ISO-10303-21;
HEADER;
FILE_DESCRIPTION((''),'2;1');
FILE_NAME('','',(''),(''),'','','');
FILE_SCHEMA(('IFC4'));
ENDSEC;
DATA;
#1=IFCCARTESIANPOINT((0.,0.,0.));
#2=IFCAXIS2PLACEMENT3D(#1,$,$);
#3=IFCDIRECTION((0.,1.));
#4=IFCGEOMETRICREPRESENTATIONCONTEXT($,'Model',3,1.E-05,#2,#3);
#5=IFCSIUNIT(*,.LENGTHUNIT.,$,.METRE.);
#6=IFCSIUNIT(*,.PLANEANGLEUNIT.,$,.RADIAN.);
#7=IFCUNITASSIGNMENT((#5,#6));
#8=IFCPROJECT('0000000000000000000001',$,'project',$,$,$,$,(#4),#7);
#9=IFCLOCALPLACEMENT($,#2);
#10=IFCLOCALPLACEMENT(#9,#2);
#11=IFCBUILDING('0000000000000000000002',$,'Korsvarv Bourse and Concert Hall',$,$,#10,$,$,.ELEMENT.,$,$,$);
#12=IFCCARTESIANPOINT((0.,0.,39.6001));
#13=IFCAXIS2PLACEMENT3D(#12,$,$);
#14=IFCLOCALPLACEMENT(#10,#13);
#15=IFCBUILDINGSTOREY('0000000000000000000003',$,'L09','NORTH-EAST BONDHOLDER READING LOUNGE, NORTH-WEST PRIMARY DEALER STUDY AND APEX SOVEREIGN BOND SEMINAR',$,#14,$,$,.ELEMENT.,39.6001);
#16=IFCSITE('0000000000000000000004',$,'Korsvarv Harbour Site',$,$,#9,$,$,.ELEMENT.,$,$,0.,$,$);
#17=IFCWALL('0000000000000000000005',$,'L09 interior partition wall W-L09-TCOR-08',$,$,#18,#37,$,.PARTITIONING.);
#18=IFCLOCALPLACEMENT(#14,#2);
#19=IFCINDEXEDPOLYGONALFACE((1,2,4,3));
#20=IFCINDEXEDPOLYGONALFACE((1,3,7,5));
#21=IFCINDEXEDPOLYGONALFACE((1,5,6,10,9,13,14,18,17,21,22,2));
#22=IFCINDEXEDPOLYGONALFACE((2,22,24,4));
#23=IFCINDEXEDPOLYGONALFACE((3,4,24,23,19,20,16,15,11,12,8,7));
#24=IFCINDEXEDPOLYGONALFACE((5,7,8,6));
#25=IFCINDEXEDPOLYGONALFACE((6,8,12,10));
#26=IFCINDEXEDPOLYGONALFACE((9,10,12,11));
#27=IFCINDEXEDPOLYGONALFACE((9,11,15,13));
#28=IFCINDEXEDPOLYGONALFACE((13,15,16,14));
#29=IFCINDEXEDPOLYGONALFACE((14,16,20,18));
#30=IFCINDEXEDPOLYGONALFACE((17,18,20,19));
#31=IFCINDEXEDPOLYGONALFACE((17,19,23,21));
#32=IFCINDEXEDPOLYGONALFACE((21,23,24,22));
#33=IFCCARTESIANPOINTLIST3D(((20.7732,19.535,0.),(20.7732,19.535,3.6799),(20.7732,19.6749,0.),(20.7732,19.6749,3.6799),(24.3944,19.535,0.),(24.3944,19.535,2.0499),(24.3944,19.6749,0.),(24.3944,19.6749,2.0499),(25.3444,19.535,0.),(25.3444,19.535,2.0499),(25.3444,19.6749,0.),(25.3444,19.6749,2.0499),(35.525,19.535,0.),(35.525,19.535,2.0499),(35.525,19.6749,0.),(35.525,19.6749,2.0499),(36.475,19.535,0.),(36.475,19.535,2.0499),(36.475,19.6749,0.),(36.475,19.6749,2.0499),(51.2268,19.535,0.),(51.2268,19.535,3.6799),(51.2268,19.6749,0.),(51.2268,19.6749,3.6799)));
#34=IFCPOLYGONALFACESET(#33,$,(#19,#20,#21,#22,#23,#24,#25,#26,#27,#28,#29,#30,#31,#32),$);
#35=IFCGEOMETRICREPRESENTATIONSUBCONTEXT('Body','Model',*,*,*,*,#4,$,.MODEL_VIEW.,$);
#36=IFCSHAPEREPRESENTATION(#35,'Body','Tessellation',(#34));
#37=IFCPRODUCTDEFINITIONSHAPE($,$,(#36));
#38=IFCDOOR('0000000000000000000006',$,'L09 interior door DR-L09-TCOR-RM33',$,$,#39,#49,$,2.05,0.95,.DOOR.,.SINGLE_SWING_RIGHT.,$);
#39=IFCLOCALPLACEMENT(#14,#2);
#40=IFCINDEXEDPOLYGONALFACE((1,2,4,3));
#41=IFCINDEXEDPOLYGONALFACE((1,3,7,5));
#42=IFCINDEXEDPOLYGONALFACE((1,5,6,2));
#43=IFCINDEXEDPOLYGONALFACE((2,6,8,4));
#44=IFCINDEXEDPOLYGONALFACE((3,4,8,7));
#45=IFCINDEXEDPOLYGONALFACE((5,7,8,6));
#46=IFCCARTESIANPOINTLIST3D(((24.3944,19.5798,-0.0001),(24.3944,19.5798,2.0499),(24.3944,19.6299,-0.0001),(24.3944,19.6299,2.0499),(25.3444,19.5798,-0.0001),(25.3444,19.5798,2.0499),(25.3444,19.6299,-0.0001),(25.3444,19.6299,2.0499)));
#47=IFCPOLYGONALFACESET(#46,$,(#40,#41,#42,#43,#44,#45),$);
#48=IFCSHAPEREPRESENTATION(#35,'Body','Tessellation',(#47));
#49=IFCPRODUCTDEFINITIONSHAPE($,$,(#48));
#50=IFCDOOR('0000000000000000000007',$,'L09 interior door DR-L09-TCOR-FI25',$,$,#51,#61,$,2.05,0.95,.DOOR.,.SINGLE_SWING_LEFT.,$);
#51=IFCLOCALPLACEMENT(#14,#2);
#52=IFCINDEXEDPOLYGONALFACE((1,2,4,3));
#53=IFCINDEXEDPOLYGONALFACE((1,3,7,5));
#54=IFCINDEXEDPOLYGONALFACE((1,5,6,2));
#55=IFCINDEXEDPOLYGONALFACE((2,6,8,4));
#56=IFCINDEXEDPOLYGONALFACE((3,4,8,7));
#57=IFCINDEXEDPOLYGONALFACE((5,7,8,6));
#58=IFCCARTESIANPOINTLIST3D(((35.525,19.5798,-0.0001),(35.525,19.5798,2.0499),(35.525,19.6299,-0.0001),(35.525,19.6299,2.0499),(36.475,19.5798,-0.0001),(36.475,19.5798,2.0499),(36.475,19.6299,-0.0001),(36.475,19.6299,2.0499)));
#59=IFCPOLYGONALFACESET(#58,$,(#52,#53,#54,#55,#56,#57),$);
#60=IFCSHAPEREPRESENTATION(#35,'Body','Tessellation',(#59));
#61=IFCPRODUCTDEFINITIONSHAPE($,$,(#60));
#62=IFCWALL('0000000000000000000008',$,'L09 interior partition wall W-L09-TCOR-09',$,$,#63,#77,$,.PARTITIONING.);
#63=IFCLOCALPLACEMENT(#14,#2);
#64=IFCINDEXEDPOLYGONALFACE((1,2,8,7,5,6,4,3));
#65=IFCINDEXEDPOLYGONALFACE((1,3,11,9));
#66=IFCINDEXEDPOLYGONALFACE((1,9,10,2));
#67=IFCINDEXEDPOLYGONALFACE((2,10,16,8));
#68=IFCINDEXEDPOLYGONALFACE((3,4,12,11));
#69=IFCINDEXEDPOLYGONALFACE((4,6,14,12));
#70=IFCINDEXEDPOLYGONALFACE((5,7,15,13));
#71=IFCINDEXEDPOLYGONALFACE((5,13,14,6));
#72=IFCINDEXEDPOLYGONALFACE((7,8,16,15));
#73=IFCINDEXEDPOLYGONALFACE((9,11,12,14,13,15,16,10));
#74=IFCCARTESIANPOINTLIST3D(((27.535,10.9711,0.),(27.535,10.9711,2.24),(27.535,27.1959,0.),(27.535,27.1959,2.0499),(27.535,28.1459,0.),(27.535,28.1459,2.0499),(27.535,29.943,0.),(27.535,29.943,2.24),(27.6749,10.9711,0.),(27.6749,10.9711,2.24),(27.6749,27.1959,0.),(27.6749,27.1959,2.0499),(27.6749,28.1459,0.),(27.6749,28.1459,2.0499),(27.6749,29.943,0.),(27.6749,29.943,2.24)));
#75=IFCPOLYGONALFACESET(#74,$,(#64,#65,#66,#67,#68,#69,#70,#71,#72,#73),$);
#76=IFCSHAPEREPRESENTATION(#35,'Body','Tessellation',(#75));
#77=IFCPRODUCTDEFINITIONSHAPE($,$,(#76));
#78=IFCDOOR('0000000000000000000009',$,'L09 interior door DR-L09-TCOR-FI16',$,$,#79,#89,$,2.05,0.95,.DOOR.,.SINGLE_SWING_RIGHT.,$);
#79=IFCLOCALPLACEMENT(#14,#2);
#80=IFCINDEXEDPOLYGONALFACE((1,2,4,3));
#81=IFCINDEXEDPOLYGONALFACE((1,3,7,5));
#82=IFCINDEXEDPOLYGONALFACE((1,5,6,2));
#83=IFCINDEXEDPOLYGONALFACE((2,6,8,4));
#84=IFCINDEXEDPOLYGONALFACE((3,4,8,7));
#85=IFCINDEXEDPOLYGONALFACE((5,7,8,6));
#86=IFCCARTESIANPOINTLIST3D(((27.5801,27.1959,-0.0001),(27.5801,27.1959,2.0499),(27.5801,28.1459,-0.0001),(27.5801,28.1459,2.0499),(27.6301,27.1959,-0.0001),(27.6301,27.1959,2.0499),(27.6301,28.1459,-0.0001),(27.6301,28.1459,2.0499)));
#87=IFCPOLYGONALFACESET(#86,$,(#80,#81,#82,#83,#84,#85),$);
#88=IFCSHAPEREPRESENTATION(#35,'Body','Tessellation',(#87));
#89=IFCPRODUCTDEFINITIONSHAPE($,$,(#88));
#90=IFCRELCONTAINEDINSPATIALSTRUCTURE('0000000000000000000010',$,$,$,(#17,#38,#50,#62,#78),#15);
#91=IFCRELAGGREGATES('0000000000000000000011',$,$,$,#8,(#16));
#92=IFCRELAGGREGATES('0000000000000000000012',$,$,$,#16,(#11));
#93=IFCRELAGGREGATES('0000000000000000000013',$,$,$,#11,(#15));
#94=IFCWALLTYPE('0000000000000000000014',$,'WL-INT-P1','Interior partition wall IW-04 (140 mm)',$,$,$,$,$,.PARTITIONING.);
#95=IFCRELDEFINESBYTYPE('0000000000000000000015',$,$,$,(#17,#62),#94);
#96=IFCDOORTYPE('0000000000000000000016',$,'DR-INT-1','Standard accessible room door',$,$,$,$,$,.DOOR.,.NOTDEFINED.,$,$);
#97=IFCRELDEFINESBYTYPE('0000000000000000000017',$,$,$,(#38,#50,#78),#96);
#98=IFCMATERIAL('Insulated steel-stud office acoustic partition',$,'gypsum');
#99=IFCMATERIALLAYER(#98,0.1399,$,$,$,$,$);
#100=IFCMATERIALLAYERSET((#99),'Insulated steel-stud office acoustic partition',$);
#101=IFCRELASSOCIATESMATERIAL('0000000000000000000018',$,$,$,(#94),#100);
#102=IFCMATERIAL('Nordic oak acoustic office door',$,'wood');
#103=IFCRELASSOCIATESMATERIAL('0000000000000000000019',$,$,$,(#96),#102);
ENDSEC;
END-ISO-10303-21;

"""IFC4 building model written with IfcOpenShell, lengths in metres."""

from ifc_helpers import new_model, si_unit, direction, frame, frame_2d, origin, place, context, subcontext, project, spatial, rectangle, extrude, material, layer, layer_set, type_object, element, fill, save


model = new_model("IFC4")

# Units and contexts
model_context = context("Model", 3, precision=1e-05, world=origin(), true_north=direction((0.0, 1.0)))
body_context = subcontext(model_context, "Body", "Model", "MODEL_VIEW")
ifc_project = project(units=[si_unit("LENGTHUNIT", "METRE"), si_unit("PLANEANGLEUNIT", "RADIAN")], contexts=[model_context])

# Site, building, storey
site_placement = place(None, origin())
site = spatial("IfcSite", under=ifc_project, at=site_placement, Name="Korsvarv Harbour Site", CompositionType="ELEMENT", RefElevation=0.0)
building_placement = place(site_placement, origin())
building = spatial("IfcBuilding", under=site, at=building_placement, Name="Korsvarv Bourse and Concert Hall", CompositionType="ELEMENT")
storey_placement = place(building_placement, frame((0.0, 0.0, 39.6001)))
storey = spatial("IfcBuildingStorey", under=building, at=storey_placement, Name="L09", Description="NORTH-EAST BONDHOLDER READING LOUNGE, NORTH-WEST PRIMARY DEALER STUDY AND APEX SOVEREIGN BOND SEMINAR", CompositionType="ELEMENT", Elevation=39.6001)

# Wall, openings, doors
ifc_material_1 = material(Name="Insulated steel-stud office acoustic partition", Category="gypsum")
ifc_layer_1 = layer(ifc_material_1, 0.1399)
ifc_layer_set_1 = layer_set([ifc_layer_1], Name="Insulated steel-stud office acoustic partition")
wall_type_1 = type_object("IfcWallType", Name="WL-INT-P1", Description="Interior partition wall IW-04 (140 mm)", PredefinedType="PARTITIONING", material=ifc_layer_set_1)
wall_1_placement = place(storey_placement, frame((20.7732, 19.605, 0.0), z_axis=(0.0, 0.0, 1.0), x_axis=(1.0, 0.0, 0.0)))
wall_1 = element("IfcWall", 1, at=wall_1_placement, inside=storey, type_object=wall_type_1, Name="L09 interior partition wall W-L09-TCOR-08", PredefinedType="PARTITIONING", context=body_context, shape_type="SweptSolid", body=[
    extrude(rectangle(XDim=30.4536, YDim=0.1399, at=frame_2d((15.2268, 0.0))), origin(), (0.0, 0.0, 1.0), 3.6799),
])
opening_1_placement = place(wall_1_placement, frame((3.6211, 0.0, 0.0)))
opening_1 = element("IfcOpeningElement", 2, at=opening_1_placement, cuts=wall_1, PredefinedType="OPENING", context=body_context, shape_type="SweptSolid", body=[
    extrude(rectangle(XDim=0.95, YDim=2.05, at=frame_2d((0.4751, 1.0249))), frame((0.0, 0.0801, 0.0), z_axis=(0.0, -1.0, 0.0), x_axis=(1.0, 0.0, 0.0)), (0.0, 0.0, 1.0), 0.1599),
])
opening_2_placement = place(wall_1_placement, frame((14.7517, 0.0, 0.0)))
opening_2 = element("IfcOpeningElement", 3, at=opening_2_placement, cuts=wall_1, PredefinedType="OPENING", context=body_context, shape_type="SweptSolid", body=[
    extrude(rectangle(XDim=0.95, YDim=2.05, at=frame_2d((0.4751, 1.0249))), frame((0.0, 0.0801, 0.0), z_axis=(0.0, -1.0, 0.0), x_axis=(1.0, 0.0, 0.0)), (0.0, 0.0, 1.0), 0.1599),
])
ifc_material_2 = material(Name="Nordic oak acoustic office door", Category="wood")
door_type = type_object("IfcDoorType", Name="DR-INT-1", Description="Standard accessible room door", OperationType="NOTDEFINED", PredefinedType="DOOR", material=ifc_material_2)
door_1_placement = place(opening_1_placement, origin())
door_1 = element("IfcDoor", 4, at=door_1_placement, inside=storey, type_object=door_type, Name="L09 interior door DR-L09-TCOR-RM33", OperationType="SINGLE_SWING_RIGHT", OverallHeight=2.05, OverallWidth=0.95, PredefinedType="DOOR", context=body_context, shape_type="SweptSolid", body=[
    extrude(rectangle(XDim=0.95, YDim=2.05, at=frame_2d((0.4751, 1.0249))), frame((0.0, 0.0249, 0.0), z_axis=(0.0, -1.0, 0.0), x_axis=(1.0, 0.0, 0.0)), (0.0, 0.0, 1.0), 0.05),
])
fill(opening_1, door_1)
door_2_placement = place(opening_2_placement, origin())
door_2 = element("IfcDoor", 5, at=door_2_placement, inside=storey, type_object=door_type, Name="L09 interior door DR-L09-TCOR-FI25", OperationType="SINGLE_SWING_LEFT", OverallHeight=2.05, OverallWidth=0.95, PredefinedType="DOOR", context=body_context, shape_type="SweptSolid", body=[
    extrude(rectangle(XDim=0.95, YDim=2.05, at=frame_2d((0.4751, 1.0249))), frame((0.0, 0.0249, 0.0), z_axis=(0.0, -1.0, 0.0), x_axis=(1.0, 0.0, 0.0)), (0.0, 0.0, 1.0), 0.05),
])
fill(opening_2, door_2)

# Wall, opening, door
wall_2_placement = place(storey_placement, frame((27.605, 10.9712, 0.0), z_axis=(0.0, 0.0, 1.0), x_axis=(0.0, 1.0, 0.0)))
wall_2 = element("IfcWall", 6, at=wall_2_placement, inside=storey, type_object=wall_type_1, Name="L09 interior partition wall W-L09-TCOR-09", PredefinedType="PARTITIONING", context=body_context, shape_type="SweptSolid", body=[
    extrude(rectangle(XDim=18.9719, YDim=0.1399, at=frame_2d((9.4858, 0.0))), origin(), (0.0, 0.0, 1.0), 2.24),
])
opening_3_placement = place(wall_2_placement, frame((16.2246, 0.0, 0.0)))
opening_3 = element("IfcOpeningElement", 7, at=opening_3_placement, cuts=wall_2, PredefinedType="OPENING", context=body_context, shape_type="SweptSolid", body=[
    extrude(rectangle(XDim=0.95, YDim=2.05, at=frame_2d((0.4751, 1.0249))), frame((0.0, 0.0801, 0.0), z_axis=(0.0, -1.0, 0.0), x_axis=(1.0, 0.0, 0.0)), (0.0, 0.0, 1.0), 0.1599),
])
door_3_placement = place(opening_3_placement, origin())
door_3 = element("IfcDoor", 8, at=door_3_placement, inside=storey, type_object=door_type, Name="L09 interior door DR-L09-TCOR-FI16", OperationType="SINGLE_SWING_RIGHT", OverallHeight=2.05, OverallWidth=0.95, PredefinedType="DOOR", context=body_context, shape_type="SweptSolid", body=[
    extrude(rectangle(XDim=0.95, YDim=2.05, at=frame_2d((0.4751, 1.0249))), frame((0.0, 0.0249, 0.0), z_axis=(0.0, -1.0, 0.0), x_axis=(1.0, 0.0, 0.0)), (0.0, 0.0, 1.0), 0.05),
])
fill(opening_3, door_3)

save(model, "model.ifc")
